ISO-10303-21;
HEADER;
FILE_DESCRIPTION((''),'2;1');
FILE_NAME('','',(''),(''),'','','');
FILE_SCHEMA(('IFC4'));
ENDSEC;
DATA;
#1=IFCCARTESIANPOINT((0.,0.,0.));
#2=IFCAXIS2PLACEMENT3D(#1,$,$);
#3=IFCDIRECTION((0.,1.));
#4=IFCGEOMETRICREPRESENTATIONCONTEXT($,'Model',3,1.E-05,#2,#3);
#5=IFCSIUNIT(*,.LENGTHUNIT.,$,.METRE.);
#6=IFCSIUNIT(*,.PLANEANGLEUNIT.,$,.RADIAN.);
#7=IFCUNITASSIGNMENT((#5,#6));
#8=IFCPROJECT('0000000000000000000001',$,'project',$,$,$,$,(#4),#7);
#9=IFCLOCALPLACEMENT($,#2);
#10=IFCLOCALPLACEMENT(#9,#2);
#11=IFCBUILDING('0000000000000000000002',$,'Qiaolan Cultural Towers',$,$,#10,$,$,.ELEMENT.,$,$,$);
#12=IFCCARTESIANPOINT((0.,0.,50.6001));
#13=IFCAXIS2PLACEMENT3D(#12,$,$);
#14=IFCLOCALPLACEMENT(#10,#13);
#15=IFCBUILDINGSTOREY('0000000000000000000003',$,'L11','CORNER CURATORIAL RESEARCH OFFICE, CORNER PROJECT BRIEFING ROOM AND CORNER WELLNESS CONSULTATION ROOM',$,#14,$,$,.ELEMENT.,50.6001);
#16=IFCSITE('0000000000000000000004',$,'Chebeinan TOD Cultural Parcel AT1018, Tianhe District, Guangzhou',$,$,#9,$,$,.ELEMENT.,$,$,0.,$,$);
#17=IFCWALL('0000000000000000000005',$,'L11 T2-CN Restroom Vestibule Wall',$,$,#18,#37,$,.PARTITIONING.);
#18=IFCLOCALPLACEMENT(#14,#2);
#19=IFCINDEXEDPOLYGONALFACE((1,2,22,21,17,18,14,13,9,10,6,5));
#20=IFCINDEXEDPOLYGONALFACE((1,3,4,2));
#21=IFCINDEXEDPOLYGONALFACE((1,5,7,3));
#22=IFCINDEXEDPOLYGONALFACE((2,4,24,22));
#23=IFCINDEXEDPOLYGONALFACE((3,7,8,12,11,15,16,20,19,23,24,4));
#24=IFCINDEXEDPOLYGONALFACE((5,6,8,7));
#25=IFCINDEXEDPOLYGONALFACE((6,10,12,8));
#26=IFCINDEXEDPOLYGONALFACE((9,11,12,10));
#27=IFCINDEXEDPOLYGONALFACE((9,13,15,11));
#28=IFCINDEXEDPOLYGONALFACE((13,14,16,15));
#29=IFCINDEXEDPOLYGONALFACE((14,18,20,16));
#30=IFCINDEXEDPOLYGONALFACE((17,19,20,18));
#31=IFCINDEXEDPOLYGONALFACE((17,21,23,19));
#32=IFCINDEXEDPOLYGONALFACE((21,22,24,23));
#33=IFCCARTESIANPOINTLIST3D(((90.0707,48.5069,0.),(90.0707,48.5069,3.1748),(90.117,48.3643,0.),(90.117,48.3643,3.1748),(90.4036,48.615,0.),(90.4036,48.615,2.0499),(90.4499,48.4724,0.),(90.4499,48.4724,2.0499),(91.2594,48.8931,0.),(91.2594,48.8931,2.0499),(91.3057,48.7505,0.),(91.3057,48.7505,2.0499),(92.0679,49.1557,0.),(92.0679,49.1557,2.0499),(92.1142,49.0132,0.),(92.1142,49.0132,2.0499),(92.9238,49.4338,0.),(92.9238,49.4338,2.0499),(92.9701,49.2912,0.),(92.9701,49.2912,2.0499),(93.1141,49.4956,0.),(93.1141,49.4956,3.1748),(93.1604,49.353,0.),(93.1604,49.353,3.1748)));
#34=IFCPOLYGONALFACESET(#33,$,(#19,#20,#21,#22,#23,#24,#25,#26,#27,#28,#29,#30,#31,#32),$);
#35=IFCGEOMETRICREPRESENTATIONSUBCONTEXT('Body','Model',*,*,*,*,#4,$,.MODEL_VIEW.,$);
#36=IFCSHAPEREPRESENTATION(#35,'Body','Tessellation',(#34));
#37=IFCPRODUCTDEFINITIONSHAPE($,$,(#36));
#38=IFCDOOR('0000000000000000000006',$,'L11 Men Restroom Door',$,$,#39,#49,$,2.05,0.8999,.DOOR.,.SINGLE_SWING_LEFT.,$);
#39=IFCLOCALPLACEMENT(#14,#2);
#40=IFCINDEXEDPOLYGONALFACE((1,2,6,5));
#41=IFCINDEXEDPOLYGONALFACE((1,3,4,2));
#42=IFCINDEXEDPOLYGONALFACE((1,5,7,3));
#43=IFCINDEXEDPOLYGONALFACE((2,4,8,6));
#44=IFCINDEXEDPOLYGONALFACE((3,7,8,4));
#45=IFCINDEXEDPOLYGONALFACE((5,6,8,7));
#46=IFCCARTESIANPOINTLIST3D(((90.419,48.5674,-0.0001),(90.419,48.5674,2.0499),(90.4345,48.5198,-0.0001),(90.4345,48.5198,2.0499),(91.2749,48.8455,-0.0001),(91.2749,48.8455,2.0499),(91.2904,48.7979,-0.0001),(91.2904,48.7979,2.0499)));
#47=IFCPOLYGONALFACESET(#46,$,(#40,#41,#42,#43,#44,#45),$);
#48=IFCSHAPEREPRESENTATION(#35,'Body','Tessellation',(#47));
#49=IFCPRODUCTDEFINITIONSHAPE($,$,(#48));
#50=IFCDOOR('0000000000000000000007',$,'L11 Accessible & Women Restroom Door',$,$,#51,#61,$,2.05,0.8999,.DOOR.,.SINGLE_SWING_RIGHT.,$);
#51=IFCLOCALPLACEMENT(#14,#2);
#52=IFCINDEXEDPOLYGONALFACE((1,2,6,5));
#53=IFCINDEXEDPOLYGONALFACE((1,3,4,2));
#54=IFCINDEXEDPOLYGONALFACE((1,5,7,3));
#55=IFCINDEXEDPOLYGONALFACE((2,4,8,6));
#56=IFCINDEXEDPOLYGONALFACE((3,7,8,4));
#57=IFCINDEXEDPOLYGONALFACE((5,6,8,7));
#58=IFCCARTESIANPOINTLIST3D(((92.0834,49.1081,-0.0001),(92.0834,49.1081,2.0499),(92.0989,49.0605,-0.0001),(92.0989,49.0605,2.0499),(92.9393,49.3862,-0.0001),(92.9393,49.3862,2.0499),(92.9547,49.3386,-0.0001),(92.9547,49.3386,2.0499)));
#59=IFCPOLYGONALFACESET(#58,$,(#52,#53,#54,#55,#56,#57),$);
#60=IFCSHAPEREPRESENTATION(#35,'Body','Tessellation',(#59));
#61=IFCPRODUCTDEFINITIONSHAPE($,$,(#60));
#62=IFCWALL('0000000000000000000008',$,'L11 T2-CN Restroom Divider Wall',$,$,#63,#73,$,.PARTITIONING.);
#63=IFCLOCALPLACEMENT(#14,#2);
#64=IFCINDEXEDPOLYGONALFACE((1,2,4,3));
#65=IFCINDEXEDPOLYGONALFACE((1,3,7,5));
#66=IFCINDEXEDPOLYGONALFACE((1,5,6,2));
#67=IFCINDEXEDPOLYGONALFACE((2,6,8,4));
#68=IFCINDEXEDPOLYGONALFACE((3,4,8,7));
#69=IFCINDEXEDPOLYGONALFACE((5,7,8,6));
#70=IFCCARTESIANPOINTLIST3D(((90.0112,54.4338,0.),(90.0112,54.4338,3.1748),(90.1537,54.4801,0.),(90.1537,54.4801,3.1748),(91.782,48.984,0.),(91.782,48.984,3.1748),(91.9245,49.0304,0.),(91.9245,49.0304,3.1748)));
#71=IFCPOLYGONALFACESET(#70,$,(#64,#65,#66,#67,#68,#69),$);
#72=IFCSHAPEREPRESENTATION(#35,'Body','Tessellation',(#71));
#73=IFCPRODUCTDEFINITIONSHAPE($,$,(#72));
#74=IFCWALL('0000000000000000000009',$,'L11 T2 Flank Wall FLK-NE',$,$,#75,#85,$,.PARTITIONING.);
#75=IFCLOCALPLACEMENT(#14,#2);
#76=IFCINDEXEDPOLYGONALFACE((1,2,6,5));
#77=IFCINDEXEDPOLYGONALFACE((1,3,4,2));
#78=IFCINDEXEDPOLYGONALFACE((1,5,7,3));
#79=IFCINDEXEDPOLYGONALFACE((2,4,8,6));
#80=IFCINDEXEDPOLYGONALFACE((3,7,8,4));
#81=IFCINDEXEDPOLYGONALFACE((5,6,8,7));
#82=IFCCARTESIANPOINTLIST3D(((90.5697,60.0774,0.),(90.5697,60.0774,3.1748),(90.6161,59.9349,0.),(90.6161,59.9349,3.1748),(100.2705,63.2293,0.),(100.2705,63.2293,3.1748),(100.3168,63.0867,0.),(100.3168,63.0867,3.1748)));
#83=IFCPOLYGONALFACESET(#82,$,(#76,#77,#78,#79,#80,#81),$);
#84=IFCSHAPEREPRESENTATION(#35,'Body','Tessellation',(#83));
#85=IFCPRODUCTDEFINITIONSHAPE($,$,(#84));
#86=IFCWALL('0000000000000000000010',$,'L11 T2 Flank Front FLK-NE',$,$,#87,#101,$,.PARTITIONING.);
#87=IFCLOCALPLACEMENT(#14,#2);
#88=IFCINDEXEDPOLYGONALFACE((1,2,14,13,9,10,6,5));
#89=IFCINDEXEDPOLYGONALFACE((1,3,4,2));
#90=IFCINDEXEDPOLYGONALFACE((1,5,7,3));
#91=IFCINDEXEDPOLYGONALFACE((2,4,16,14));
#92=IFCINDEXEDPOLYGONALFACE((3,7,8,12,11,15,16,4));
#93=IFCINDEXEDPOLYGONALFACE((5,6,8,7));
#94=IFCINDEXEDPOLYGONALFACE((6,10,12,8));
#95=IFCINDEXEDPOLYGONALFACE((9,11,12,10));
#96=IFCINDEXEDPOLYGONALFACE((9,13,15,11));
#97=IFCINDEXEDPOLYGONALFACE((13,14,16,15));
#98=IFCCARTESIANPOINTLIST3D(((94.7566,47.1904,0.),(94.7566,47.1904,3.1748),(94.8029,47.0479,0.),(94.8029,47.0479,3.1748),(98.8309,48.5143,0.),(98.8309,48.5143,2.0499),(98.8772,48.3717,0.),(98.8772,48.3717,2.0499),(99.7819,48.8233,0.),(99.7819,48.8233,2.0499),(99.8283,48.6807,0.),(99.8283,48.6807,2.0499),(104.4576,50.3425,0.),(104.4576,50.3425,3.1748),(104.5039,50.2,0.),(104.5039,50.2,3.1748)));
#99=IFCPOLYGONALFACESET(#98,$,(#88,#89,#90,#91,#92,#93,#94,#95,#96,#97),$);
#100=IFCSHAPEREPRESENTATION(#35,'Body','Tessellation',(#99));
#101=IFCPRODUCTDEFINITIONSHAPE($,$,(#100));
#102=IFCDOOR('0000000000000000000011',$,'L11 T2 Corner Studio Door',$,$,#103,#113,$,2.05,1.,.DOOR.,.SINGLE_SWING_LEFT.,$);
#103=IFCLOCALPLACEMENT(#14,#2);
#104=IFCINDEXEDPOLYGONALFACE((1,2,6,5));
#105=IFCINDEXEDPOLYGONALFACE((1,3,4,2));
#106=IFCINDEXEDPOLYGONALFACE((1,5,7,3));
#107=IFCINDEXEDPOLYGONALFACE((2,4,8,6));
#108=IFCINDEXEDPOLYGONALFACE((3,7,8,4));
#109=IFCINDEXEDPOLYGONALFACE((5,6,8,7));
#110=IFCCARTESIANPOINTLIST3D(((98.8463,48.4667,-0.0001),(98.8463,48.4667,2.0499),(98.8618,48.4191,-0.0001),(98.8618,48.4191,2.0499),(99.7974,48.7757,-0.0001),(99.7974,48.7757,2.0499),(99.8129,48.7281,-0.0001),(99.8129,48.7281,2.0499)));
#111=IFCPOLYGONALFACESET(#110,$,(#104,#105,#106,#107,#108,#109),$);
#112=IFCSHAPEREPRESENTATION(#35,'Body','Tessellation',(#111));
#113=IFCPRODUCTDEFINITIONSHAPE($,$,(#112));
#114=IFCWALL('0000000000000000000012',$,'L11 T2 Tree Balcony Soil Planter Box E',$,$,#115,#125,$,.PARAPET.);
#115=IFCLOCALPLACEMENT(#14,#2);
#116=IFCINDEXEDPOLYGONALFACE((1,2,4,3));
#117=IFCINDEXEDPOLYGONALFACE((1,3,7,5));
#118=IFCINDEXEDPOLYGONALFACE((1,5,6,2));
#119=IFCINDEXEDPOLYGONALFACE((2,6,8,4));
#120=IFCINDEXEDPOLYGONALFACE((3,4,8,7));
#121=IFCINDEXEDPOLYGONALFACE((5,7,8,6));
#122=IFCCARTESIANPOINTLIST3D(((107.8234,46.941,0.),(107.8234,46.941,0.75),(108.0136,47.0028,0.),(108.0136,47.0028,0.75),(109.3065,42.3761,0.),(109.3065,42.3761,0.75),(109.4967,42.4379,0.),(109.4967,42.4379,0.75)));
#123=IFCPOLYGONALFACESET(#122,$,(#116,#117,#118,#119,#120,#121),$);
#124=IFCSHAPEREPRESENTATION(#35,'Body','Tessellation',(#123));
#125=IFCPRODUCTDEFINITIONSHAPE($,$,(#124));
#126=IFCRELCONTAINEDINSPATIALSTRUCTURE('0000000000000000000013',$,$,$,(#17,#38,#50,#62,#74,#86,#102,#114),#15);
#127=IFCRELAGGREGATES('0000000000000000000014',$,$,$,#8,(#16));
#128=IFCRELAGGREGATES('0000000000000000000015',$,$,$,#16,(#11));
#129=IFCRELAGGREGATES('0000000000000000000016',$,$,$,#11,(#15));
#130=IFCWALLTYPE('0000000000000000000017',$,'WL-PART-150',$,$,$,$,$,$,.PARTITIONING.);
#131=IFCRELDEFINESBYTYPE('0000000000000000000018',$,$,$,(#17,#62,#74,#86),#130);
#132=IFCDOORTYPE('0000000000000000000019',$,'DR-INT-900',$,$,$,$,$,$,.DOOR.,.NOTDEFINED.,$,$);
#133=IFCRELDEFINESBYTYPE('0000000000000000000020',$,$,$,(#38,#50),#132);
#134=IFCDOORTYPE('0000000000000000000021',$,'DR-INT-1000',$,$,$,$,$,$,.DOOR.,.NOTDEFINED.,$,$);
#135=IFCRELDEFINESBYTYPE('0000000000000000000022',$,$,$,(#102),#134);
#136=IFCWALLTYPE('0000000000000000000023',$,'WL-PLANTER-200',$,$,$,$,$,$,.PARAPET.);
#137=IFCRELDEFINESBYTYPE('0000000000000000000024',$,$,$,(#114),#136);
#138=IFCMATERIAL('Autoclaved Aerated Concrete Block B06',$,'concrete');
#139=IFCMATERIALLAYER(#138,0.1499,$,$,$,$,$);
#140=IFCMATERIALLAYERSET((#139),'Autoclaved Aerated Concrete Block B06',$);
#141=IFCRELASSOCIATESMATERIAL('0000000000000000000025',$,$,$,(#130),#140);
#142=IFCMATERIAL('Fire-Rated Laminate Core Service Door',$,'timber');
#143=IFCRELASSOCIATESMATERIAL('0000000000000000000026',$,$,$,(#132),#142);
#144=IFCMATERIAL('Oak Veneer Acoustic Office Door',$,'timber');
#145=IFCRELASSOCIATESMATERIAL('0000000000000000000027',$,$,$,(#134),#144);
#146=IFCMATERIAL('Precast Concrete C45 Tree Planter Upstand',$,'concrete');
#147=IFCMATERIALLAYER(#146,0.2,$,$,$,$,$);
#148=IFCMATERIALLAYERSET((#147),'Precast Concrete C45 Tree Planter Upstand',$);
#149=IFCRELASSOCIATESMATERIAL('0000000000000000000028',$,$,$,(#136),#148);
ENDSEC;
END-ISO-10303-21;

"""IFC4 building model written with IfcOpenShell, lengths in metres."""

from ifc_helpers import new_model, si_unit, direction, frame, frame_2d, origin, place, context, subcontext, project, spatial, rectangle, extrude, material, layer, layer_set, type_object, element, fill, save


model = new_model("IFC4")

# Units and contexts
model_context = context("Model", 3, precision=1e-05, world=origin(), true_north=direction((0.0, 1.0)))
body_context = subcontext(model_context, "Body", "Model", "MODEL_VIEW")
ifc_project = project(units=[si_unit("LENGTHUNIT", "METRE"), si_unit("PLANEANGLEUNIT", "RADIAN")], contexts=[model_context])

# Site, building, storey
site_placement = place(None, origin())
site = spatial("IfcSite", under=ifc_project, at=site_placement, Name="Chebeinan TOD Cultural Parcel AT1018, Tianhe District, Guangzhou", CompositionType="ELEMENT", RefElevation=0.0)
building_placement = place(site_placement, origin())
building = spatial("IfcBuilding", under=site, at=building_placement, Name="Qiaolan Cultural Towers", CompositionType="ELEMENT")
storey_placement = place(building_placement, frame((0.0, 0.0, 50.6001)))
storey = spatial("IfcBuildingStorey", under=building, at=storey_placement, Name="L11", Description="CORNER CURATORIAL RESEARCH OFFICE, CORNER PROJECT BRIEFING ROOM AND CORNER WELLNESS CONSULTATION ROOM", CompositionType="ELEMENT", Elevation=50.6001)

# Shared definitions
ifc_material_1 = material(Name="Autoclaved Aerated Concrete Block B06", Category="concrete")
ifc_layer_1 = layer(ifc_material_1, 0.1499)
ifc_layer_set_1 = layer_set([ifc_layer_1], Name="Autoclaved Aerated Concrete Block B06")
wall_type_1 = type_object("IfcWallType", Name="WL-PART-150", PredefinedType="PARTITIONING", material=ifc_layer_set_1)

# Wall, openings, doors
wall_1_placement = place(storey_placement, frame((90.0938, 48.4355, 0.0), z_axis=(0.0, 0.0, 1.0), x_axis=(0.951067, 0.308986, 0.0)))
wall_1 = element("IfcWall", 1, at=wall_1_placement, inside=storey, type_object=wall_type_1, Name="L11 T2-CN Restroom Vestibule Wall", PredefinedType="PARTITIONING", context=body_context, shape_type="SweptSolid", body=[
    extrude(rectangle(XDim=3.2, YDim=0.1499, at=frame_2d((1.6001, 0.0))), origin(), (0.0, 0.0, 1.0), 3.1748),
])
opening_1_placement = place(wall_1_placement, frame((0.3501, 0.0, 0.0)))
opening_1 = element("IfcOpeningElement", 2, at=opening_1_placement, cuts=wall_1, PredefinedType="OPENING", context=body_context, shape_type="SweptSolid", body=[
    extrude(rectangle(XDim=0.8999, YDim=2.05, at=frame_2d((0.45, 1.0249))), frame((0.0, 0.085, 0.0), z_axis=(0.0, -1.0, 0.0), x_axis=(1.0, 0.0, 0.0)), (0.0, 0.0, 1.0), 0.1699),
])
opening_2_placement = place(wall_1_placement, frame((2.1001, 0.0, 0.0)))
opening_2 = element("IfcOpeningElement", 3, at=opening_2_placement, cuts=wall_1, PredefinedType="OPENING", context=body_context, shape_type="SweptSolid", body=[
    extrude(rectangle(XDim=0.8999, YDim=2.05, at=frame_2d((0.45, 1.0249))), frame((0.0, 0.085, 0.0), z_axis=(0.0, -1.0, 0.0), x_axis=(1.0, 0.0, 0.0)), (0.0, 0.0, 1.0), 0.1699),
])
ifc_material_2 = material(Name="Fire-Rated Laminate Core Service Door", Category="timber")
door_type_1 = type_object("IfcDoorType", Name="DR-INT-900", OperationType="NOTDEFINED", PredefinedType="DOOR", material=ifc_material_2)
door_1_placement = place(opening_1_placement, origin())
door_1 = element("IfcDoor", 4, at=door_1_placement, inside=storey, type_object=door_type_1, Name="L11 Men Restroom Door", OperationType="SINGLE_SWING_LEFT", OverallHeight=2.05, OverallWidth=0.8999, PredefinedType="DOOR", context=body_context, shape_type="SweptSolid", body=[
    extrude(rectangle(XDim=0.8999, YDim=2.05, at=frame_2d((0.45, 1.0249))), frame((0.0, 0.0249, 0.0), z_axis=(0.0, -1.0, 0.0), x_axis=(1.0, 0.0, 0.0)), (0.0, 0.0, 1.0), 0.05),
])
fill(opening_1, door_1)
door_2_placement = place(opening_2_placement, origin())
door_2 = element("IfcDoor", 5, at=door_2_placement, inside=storey, type_object=door_type_1, Name="L11 Accessible & Women Restroom Door", OperationType="SINGLE_SWING_RIGHT", OverallHeight=2.05, OverallWidth=0.8999, PredefinedType="DOOR", context=body_context, shape_type="SweptSolid", body=[
    extrude(rectangle(XDim=0.8999, YDim=2.05, at=frame_2d((0.45, 1.0249))), frame((0.0, 0.0249, 0.0), z_axis=(0.0, -1.0, 0.0), x_axis=(1.0, 0.0, 0.0)), (0.0, 0.0, 1.0), 0.05),
])
fill(opening_2, door_2)

# Walls
wall_2_placement = place(storey_placement, frame((91.8533, 49.0071, 0.0), z_axis=(0.0, 0.0, 1.0), x_axis=(-0.309022, 0.951055, 0.0)))
element("IfcWall", 6, at=wall_2_placement, inside=storey, type_object=wall_type_1, Name="L11 T2-CN Restroom Divider Wall", PredefinedType="PARTITIONING", context=body_context, shape_type="SweptSolid", body=[
    extrude(rectangle(XDim=5.7302, YDim=0.1499, at=frame_2d((2.8652, 0.0))), origin(), (0.0, 0.0, 1.0), 3.1748),
])
wall_3_placement = place(storey_placement, frame((90.5928, 60.0061, 0.0), z_axis=(0.0, 0.0, 1.0), x_axis=(0.951059, 0.309009, 0.0)))
element("IfcWall", 7, at=wall_3_placement, inside=storey, type_object=wall_type_1, Name="L11 T2 Flank Wall FLK-NE", PredefinedType="PARTITIONING", context=body_context, shape_type="SweptSolid", body=[
    extrude(rectangle(XDim=10.2, YDim=0.1499, at=frame_2d((5.1001, 0.0))), origin(), (0.0, 0.0, 1.0), 3.1748),
])

# Wall, opening, door
wall_4_placement = place(storey_placement, frame((94.7798, 47.1191, 0.0), z_axis=(0.0, 0.0, 1.0), x_axis=(0.951054, 0.309024, 0.0)))
wall_4 = element("IfcWall", 8, at=wall_4_placement, inside=storey, type_object=wall_type_1, Name="L11 T2 Flank Front FLK-NE", PredefinedType="PARTITIONING", context=body_context, shape_type="SweptSolid", body=[
    extrude(rectangle(XDim=10.2002, YDim=0.1499, at=frame_2d((5.1001, 0.0))), origin(), (0.0, 0.0, 1.0), 3.1748),
])
opening_3_placement = place(wall_4_placement, frame((4.2839, 0.0, 0.0)))
opening_3 = element("IfcOpeningElement", 9, at=opening_3_placement, cuts=wall_4, PredefinedType="OPENING", context=body_context, shape_type="SweptSolid", body=[
    extrude(rectangle(XDim=1.0, YDim=2.05, at=frame_2d((0.5, 1.0249))), frame((0.0, 0.085, 0.0), z_axis=(0.0, -1.0, 0.0), x_axis=(1.0, 0.0, 0.0)), (0.0, 0.0, 1.0), 0.1699),
])
ifc_material_3 = material(Name="Oak Veneer Acoustic Office Door", Category="timber")
door_type_2 = type_object("IfcDoorType", Name="DR-INT-1000", OperationType="NOTDEFINED", PredefinedType="DOOR", material=ifc_material_3)
door_3_placement = place(opening_3_placement, origin())
door_3 = element("IfcDoor", 10, at=door_3_placement, inside=storey, type_object=door_type_2, Name="L11 T2 Corner Studio Door", OperationType="SINGLE_SWING_LEFT", OverallHeight=2.05, OverallWidth=1.0, PredefinedType="DOOR", context=body_context, shape_type="SweptSolid", body=[
    extrude(rectangle(XDim=1.0, YDim=2.05, at=frame_2d((0.5, 1.0249))), frame((0.0, 0.0249, 0.0), z_axis=(0.0, -1.0, 0.0), x_axis=(1.0, 0.0, 0.0)), (0.0, 0.0, 1.0), 0.05),
])
fill(opening_3, door_3)

# Wall
ifc_material_4 = material(Name="Precast Concrete C45 Tree Planter Upstand", Category="concrete")
ifc_layer_2 = layer(ifc_material_4, 0.2)
ifc_layer_set_2 = layer_set([ifc_layer_2], Name="Precast Concrete C45 Tree Planter Upstand")
wall_type_2 = type_object("IfcWallType", Name="WL-PLANTER-200", PredefinedType="PARAPET", material=ifc_layer_set_2)
wall_5_placement = place(storey_placement, frame((109.4016, 42.407, 0.0), z_axis=(0.0, 0.0, 1.0), x_axis=(-0.309001, 0.951062, 0.0)))
element("IfcWall", 11, at=wall_5_placement, inside=storey, type_object=wall_type_2, Name="L11 T2 Tree Balcony Soil Planter Box E", PredefinedType="PARAPET", context=body_context, shape_type="SweptSolid", body=[
    extrude(rectangle(XDim=4.7998, YDim=0.2, at=frame_2d((2.3999, 0.0))), origin(), (0.0, 0.0, 1.0), 0.75),
])

save(model, "model.ifc")
